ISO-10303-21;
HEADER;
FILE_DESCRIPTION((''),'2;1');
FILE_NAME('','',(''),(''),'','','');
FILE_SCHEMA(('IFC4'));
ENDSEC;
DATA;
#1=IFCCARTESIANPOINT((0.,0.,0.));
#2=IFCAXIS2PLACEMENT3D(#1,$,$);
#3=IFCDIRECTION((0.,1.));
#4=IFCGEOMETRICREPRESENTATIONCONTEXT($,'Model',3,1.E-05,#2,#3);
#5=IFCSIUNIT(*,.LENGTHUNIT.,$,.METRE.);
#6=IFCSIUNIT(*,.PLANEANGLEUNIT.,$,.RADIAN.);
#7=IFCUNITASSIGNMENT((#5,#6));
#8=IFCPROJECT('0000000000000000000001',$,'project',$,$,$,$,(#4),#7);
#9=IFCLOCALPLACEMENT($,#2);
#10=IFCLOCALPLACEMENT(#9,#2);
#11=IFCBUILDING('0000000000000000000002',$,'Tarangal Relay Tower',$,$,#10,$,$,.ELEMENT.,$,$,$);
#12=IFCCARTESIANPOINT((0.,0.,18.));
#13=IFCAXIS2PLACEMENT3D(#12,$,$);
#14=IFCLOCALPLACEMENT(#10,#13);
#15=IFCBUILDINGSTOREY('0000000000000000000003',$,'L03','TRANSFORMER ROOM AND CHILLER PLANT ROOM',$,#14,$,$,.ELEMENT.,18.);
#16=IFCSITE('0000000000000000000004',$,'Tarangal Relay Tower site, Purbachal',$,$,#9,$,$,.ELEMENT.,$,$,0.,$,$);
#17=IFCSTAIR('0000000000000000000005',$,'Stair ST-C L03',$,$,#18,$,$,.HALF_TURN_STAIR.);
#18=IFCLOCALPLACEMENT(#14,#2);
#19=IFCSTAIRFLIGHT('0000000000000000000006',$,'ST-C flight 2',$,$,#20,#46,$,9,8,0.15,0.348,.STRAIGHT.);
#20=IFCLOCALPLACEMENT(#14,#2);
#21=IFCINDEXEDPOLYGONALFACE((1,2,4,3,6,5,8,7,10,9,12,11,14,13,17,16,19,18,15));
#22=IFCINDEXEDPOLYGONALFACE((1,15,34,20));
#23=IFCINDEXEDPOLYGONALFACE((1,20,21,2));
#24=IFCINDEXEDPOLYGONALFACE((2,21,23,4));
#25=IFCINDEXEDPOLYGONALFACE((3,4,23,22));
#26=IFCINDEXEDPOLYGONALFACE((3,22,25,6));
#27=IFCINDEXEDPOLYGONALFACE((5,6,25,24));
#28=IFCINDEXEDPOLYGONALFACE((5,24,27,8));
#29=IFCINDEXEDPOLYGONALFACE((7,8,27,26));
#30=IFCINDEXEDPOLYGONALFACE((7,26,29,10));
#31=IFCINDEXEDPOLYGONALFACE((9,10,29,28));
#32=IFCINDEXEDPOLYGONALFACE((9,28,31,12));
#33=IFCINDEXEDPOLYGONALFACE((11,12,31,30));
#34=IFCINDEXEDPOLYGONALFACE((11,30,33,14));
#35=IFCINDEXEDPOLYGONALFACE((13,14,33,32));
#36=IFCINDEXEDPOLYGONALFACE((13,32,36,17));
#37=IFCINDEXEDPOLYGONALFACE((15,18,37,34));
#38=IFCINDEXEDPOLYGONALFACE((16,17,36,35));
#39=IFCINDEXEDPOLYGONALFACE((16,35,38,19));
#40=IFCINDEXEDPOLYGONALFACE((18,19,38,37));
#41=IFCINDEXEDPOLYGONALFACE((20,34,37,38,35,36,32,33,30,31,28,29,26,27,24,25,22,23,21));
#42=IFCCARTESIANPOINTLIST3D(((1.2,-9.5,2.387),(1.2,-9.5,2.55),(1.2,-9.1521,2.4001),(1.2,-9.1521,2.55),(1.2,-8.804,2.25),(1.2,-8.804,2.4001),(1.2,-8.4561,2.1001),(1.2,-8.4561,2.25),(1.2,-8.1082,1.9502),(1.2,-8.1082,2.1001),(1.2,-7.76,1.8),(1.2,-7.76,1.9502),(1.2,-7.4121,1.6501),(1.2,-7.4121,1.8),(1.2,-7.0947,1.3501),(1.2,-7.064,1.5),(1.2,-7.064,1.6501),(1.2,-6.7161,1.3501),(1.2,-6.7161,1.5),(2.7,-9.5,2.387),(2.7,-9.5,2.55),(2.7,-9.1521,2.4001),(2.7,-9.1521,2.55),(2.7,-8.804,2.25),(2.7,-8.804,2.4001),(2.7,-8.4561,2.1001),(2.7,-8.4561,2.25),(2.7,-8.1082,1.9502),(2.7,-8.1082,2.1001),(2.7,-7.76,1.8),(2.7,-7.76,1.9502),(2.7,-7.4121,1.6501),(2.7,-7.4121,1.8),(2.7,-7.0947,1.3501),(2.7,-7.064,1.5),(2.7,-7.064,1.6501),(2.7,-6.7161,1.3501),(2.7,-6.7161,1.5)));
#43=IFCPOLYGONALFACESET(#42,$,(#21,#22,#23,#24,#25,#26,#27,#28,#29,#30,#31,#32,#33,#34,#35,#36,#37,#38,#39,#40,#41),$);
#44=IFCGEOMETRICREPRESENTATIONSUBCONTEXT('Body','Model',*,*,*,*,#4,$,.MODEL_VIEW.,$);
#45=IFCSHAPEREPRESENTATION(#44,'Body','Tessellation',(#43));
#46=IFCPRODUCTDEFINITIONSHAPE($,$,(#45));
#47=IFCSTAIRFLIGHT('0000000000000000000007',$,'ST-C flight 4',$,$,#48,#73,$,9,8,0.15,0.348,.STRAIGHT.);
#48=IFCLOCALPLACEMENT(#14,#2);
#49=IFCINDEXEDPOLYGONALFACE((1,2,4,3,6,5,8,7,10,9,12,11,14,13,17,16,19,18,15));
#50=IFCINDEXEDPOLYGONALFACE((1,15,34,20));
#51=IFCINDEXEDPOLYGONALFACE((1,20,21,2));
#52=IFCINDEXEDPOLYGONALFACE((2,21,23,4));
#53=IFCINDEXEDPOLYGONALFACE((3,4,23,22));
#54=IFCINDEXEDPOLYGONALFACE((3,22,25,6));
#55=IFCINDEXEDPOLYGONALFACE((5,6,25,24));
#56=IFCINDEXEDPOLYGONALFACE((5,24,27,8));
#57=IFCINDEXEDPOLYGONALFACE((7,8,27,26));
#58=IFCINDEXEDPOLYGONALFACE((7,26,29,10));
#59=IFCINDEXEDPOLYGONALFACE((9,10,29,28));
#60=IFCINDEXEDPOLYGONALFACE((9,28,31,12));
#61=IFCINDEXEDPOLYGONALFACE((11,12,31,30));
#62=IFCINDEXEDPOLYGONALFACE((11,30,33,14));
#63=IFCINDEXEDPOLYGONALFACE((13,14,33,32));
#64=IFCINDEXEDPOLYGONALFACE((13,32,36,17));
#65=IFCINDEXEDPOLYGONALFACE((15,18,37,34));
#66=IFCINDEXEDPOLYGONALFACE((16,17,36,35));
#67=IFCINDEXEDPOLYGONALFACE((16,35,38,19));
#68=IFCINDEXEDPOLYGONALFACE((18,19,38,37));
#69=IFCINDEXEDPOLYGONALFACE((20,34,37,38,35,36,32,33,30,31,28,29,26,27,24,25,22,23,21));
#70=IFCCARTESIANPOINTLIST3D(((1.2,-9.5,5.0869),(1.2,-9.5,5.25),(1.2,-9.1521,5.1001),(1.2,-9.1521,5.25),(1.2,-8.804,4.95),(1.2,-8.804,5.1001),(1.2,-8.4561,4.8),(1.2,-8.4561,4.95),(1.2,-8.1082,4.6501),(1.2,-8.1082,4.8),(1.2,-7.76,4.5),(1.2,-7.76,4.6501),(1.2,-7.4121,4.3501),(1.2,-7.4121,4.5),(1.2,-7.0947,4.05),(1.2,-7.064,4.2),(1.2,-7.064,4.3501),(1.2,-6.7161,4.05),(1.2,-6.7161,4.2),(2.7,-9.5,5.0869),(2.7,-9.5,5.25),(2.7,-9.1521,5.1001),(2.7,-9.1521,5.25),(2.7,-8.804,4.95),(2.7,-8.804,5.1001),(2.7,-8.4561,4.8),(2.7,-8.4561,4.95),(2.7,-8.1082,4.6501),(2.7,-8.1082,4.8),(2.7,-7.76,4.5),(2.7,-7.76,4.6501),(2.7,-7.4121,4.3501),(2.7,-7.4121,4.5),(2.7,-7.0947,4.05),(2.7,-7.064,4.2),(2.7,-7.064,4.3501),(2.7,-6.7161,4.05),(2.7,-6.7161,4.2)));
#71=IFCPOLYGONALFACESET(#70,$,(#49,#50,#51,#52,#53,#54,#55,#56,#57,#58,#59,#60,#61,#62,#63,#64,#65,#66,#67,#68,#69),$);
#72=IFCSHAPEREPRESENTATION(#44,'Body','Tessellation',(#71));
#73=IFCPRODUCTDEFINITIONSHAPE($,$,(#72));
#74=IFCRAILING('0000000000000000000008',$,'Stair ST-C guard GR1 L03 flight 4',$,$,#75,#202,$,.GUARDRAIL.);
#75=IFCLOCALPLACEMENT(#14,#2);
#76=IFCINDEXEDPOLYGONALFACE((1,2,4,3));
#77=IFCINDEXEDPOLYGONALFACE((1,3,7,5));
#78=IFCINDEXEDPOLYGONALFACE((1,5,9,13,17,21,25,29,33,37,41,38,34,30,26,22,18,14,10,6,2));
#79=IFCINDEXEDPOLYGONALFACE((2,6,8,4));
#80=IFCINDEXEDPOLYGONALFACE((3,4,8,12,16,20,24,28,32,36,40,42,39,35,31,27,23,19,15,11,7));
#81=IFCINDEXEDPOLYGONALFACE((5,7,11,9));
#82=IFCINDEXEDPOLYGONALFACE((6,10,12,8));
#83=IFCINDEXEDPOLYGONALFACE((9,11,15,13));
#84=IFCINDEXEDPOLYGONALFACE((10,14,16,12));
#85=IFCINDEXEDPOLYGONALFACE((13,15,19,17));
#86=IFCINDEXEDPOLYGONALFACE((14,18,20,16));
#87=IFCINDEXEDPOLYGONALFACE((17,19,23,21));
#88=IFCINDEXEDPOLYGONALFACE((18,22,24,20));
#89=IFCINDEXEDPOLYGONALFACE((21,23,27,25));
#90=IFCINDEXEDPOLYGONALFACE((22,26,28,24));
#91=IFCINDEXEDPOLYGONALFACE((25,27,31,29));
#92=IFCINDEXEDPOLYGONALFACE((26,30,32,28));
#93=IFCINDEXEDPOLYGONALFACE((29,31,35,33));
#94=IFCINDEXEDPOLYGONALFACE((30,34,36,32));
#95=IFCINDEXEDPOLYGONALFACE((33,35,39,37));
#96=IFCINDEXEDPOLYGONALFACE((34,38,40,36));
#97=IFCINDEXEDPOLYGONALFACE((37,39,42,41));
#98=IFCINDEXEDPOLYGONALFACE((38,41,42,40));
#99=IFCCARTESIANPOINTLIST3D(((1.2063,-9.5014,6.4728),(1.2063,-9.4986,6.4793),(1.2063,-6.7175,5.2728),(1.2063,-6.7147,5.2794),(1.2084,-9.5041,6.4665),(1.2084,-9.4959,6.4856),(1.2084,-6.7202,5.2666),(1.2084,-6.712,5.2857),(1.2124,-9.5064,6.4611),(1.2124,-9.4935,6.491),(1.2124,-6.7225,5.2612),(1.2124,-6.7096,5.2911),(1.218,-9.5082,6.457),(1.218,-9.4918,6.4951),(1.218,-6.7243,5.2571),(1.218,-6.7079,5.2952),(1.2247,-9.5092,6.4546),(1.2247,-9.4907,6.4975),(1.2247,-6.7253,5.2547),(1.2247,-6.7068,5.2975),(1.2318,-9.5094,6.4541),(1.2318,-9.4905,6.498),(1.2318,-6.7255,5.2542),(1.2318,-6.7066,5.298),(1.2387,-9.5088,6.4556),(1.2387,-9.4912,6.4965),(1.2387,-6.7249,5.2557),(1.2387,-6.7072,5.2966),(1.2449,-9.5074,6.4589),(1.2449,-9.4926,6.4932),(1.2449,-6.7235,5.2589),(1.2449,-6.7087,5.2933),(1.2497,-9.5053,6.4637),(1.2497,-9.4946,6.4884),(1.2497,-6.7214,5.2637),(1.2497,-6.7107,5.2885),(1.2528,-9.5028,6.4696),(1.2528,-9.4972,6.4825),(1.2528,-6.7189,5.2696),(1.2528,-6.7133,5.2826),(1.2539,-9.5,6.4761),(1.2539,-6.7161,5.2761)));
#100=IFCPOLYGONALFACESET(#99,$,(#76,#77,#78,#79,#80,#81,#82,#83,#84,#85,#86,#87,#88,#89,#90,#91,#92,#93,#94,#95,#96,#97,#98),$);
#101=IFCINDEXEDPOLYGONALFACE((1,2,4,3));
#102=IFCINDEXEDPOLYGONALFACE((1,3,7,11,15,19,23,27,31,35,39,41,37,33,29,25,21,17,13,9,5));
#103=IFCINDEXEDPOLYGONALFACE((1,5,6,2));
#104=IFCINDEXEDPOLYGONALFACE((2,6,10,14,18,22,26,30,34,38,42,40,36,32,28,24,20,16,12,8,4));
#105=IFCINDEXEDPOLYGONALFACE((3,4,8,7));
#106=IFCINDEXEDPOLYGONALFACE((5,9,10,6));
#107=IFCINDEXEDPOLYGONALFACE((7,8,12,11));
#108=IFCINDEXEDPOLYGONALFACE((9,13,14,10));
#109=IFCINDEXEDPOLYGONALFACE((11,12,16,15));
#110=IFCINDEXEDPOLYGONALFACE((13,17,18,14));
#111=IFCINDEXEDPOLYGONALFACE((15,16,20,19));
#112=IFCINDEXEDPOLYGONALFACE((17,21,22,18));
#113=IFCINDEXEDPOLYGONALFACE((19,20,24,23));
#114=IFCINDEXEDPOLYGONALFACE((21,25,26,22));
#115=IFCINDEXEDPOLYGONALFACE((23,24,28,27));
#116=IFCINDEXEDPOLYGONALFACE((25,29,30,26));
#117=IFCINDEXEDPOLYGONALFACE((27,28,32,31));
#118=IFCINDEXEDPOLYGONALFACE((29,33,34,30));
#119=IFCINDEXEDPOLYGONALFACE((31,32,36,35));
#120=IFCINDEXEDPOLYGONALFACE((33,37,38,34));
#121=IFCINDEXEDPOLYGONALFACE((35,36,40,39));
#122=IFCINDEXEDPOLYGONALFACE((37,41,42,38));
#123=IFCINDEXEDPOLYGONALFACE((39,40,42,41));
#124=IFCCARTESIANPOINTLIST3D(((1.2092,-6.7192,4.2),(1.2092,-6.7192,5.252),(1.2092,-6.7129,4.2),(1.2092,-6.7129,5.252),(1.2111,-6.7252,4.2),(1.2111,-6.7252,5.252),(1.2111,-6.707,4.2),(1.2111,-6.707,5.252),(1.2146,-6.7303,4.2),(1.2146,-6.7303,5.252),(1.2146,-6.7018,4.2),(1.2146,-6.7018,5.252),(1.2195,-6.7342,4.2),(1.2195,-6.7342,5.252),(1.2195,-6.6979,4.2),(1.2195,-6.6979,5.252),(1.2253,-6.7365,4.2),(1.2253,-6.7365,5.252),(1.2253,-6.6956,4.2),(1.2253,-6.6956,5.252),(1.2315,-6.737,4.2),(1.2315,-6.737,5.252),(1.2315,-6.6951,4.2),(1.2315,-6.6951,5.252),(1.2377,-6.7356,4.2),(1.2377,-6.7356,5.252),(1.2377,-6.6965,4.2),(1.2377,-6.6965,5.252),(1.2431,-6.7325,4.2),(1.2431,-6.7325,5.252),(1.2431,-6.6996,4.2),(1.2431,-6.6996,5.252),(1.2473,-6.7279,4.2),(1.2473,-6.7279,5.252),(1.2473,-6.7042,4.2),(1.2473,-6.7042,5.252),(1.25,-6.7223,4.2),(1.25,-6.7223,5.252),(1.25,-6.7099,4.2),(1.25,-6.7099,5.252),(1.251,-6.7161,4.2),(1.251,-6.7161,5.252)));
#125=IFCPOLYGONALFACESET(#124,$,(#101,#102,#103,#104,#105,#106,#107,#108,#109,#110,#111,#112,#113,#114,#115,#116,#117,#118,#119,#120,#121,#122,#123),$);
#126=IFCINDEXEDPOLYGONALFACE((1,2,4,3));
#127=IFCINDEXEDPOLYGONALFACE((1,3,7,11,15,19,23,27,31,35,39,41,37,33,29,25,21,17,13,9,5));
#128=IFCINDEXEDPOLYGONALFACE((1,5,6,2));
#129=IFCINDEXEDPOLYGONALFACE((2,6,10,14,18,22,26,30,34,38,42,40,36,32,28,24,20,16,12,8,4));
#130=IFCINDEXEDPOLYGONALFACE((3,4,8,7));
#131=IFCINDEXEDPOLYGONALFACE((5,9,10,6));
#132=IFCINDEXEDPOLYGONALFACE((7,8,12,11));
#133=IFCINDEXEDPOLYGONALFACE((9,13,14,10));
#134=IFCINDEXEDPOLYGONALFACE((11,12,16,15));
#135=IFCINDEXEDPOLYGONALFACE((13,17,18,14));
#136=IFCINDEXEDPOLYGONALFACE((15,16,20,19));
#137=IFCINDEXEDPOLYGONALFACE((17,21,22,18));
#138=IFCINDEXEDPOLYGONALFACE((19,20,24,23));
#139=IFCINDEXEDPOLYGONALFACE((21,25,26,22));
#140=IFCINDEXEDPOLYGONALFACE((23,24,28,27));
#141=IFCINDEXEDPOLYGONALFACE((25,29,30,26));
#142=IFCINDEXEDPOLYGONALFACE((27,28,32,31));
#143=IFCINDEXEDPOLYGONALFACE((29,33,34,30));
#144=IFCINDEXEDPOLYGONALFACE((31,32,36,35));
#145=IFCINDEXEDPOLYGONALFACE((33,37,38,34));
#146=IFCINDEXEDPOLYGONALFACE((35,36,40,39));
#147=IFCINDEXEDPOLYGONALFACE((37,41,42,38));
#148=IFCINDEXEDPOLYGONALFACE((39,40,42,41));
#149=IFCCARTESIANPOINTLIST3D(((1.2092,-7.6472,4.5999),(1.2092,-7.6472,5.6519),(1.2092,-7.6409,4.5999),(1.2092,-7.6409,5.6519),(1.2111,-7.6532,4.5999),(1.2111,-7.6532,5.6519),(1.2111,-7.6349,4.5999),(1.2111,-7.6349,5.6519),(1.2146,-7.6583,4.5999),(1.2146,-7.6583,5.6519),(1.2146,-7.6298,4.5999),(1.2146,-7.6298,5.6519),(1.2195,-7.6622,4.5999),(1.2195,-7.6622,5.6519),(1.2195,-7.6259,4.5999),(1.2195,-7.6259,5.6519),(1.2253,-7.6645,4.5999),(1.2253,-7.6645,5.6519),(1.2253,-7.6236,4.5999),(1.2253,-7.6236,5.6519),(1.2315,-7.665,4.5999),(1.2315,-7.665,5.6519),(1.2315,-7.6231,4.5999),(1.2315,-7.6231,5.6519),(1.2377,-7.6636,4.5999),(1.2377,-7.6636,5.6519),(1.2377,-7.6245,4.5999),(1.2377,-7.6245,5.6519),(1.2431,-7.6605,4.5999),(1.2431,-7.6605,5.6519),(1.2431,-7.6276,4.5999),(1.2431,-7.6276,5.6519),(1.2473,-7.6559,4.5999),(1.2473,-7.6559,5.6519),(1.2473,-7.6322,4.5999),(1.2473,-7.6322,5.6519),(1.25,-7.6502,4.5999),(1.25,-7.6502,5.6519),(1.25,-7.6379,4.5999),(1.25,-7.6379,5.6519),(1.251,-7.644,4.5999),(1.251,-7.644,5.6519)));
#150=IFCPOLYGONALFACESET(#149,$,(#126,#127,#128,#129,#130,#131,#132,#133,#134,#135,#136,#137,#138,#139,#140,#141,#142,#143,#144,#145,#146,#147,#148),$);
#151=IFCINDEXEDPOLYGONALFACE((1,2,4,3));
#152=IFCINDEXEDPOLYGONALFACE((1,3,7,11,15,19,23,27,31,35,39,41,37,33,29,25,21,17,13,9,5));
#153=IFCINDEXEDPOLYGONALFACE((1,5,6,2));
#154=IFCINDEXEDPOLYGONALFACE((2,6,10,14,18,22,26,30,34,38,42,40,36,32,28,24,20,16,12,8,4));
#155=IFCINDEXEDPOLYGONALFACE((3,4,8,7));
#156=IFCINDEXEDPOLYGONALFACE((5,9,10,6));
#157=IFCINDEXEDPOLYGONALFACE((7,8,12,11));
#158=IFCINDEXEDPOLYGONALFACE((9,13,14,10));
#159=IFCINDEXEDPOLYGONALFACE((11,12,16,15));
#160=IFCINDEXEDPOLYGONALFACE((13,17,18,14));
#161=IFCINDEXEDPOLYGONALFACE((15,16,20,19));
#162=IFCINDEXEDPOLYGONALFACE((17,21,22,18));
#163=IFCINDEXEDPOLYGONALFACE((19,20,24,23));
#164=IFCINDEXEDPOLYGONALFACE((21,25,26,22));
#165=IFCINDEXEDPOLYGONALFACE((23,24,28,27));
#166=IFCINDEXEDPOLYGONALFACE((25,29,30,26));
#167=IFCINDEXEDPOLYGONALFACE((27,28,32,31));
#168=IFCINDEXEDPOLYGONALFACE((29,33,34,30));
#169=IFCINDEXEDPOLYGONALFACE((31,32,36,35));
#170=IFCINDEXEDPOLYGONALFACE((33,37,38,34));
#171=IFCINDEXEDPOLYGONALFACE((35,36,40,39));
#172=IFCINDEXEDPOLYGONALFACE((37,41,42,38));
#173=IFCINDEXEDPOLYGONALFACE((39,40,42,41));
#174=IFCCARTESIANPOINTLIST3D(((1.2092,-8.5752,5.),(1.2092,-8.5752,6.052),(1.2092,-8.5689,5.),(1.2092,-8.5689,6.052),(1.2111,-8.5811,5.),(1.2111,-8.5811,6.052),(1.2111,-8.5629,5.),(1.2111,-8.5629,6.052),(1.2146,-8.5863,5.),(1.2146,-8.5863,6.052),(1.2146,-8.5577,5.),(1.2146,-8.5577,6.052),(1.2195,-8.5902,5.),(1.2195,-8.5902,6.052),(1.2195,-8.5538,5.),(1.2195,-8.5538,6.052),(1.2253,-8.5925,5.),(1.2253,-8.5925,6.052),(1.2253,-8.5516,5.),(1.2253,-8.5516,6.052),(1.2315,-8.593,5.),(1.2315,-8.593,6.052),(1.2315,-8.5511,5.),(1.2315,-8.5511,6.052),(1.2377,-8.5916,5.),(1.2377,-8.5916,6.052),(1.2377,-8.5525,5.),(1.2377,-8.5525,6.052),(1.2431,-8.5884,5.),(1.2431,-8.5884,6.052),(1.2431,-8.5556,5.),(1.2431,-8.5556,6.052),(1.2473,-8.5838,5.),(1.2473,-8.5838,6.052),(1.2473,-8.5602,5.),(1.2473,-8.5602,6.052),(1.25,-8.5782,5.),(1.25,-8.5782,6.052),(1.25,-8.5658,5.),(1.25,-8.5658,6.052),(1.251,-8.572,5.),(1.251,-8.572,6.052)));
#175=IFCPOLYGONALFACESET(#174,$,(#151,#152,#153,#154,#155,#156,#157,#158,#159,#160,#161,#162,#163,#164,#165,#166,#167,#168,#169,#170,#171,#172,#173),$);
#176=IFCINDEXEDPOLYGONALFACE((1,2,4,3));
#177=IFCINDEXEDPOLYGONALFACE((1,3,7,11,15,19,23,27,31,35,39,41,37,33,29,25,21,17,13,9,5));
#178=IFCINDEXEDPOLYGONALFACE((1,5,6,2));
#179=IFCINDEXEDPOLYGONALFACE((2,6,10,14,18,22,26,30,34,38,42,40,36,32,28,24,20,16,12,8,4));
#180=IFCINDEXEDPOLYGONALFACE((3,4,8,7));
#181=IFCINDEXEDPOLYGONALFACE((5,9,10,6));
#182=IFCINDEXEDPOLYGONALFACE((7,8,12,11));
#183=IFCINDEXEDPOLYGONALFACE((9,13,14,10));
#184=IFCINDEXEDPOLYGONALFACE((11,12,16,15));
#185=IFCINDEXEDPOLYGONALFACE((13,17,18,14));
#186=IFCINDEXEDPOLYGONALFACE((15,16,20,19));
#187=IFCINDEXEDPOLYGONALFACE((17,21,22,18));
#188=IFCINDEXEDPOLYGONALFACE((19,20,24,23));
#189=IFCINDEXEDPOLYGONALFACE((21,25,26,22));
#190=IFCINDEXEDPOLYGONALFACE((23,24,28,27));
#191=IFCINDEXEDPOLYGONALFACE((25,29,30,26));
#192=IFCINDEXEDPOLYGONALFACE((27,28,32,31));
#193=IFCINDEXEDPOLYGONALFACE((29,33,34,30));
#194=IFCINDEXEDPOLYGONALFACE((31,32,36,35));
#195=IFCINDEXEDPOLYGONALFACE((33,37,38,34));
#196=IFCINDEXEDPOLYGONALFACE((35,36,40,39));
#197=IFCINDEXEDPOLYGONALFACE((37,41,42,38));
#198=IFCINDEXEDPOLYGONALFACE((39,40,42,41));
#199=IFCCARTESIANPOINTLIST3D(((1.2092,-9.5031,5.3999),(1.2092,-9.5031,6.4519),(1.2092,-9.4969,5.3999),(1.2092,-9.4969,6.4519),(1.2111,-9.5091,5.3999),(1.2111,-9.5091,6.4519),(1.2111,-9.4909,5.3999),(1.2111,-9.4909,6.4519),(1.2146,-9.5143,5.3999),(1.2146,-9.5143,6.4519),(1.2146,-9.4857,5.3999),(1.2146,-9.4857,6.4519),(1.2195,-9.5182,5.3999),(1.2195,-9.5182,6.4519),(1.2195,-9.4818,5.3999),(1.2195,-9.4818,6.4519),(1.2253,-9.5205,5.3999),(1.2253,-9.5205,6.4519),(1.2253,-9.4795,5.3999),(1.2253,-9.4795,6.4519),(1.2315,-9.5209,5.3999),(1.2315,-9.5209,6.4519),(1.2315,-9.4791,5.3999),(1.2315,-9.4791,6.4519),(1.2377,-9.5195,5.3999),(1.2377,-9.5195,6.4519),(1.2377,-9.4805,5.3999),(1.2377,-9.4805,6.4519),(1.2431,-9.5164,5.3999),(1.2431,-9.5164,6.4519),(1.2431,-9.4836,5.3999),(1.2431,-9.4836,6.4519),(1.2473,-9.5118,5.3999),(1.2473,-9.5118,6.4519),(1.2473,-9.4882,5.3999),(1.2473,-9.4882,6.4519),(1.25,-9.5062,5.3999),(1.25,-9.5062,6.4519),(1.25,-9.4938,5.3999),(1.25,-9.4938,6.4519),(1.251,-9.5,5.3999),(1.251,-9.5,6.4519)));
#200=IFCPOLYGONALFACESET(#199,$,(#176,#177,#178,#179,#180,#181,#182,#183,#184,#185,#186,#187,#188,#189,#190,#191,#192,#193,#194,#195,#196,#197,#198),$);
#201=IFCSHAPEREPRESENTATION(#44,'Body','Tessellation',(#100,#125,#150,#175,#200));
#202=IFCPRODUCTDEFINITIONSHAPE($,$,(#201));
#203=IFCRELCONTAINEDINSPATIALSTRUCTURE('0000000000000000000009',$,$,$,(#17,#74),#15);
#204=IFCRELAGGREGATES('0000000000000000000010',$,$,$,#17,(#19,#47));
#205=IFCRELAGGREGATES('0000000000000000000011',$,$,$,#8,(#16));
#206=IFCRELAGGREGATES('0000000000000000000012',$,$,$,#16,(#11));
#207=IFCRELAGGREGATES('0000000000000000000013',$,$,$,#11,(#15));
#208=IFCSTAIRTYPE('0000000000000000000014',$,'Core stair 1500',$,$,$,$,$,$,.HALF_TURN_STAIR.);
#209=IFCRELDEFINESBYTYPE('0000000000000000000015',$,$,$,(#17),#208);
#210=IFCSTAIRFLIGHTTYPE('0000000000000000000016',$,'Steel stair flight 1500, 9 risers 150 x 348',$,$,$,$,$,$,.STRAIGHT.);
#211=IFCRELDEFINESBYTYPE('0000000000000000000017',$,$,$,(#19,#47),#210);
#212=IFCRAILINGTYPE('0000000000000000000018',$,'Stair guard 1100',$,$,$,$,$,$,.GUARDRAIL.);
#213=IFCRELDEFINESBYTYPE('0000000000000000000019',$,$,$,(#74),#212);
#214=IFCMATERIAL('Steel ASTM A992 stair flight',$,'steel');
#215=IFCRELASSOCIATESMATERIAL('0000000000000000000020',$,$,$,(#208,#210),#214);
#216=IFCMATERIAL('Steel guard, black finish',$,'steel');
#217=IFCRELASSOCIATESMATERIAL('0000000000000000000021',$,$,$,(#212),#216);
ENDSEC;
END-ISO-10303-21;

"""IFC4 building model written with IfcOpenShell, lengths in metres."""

from ifc_helpers import new_model, si_unit, direction, frame, origin, origin_2d, place, context, subcontext, project, spatial, polyline, circle, outline, extrude, material, type_object, element, aggregate, save


model = new_model("IFC4")

# Units and contexts
model_context = context("Model", 3, precision=1e-05, world=origin(), true_north=direction((0.0, 1.0)))
body_context = subcontext(model_context, "Body", "Model", "MODEL_VIEW")
ifc_project = project(units=[si_unit("LENGTHUNIT", "METRE"), si_unit("PLANEANGLEUNIT", "RADIAN")], contexts=[model_context])

# Site, building, storey
site_placement = place(None, origin())
site = spatial("IfcSite", under=ifc_project, at=site_placement, Name="Tarangal Relay Tower site, Purbachal", CompositionType="ELEMENT", RefElevation=0.0)
building_placement = place(site_placement, origin())
building = spatial("IfcBuilding", under=site, at=building_placement, Name="Tarangal Relay Tower", CompositionType="ELEMENT")
storey_placement = place(building_placement, frame((0.0, 0.0, 18.0)))
storey = spatial("IfcBuildingStorey", under=building, at=storey_placement, Name="L03", Description="TRANSFORMER ROOM AND CHILLER PLANT ROOM", CompositionType="ELEMENT", Elevation=18.0)

# Stair
ifc_material_1 = material(Name="Steel ASTM A992 stair flight", Category="steel")
stair_type = type_object("IfcStairType", Name="Core stair 1500", PredefinedType="HALF_TURN_STAIR", material=ifc_material_1)
stair_1_placement = place(storey_placement, origin())
stair_1 = element("IfcStair", 1, at=stair_1_placement, inside=storey, type_object=stair_type, Name="Stair ST-C L03", PredefinedType="HALF_TURN_STAIR")

# Stair flights
stair_flight_type = type_object("IfcStairFlightType", Name="Steel stair flight 1500, 9 risers 150 x 348", PredefinedType="STRAIGHT", material=ifc_material_1)
stair_flight_1_placement = place(storey_placement, frame((1.95, -6.7161, 1.3501), z_axis=(0.0, 0.0, 1.0), x_axis=(0.0, -1.0, 0.0)))
stair_flight_1 = element("IfcStairFlight", 2, at=stair_flight_1_placement, type_object=stair_flight_type, Name="ST-C flight 2", NumberOfRisers=9, NumberOfTreads=8, PredefinedType="STRAIGHT", RiserHeight=0.15, TreadLength=0.348, context=body_context, shape_type="SweptSolid", body=[
    extrude(outline(polyline([(0.0, 0.0), (0.0, 0.1499), (0.3479, 0.1499), (0.3479, 0.3), (0.696, 0.3), (0.696, 0.45), (1.0439, 0.45), (1.0439, 0.6001), (1.3921, 0.6001), (1.3921, 0.75), (1.74, 0.75), (1.74, 0.8999), (2.0879, 0.8999), (2.0879, 1.05), (2.436, 1.05), (2.436, 1.2), (2.7839, 1.2), (2.7839, 1.3501), (2.7839, 1.0369), (0.3787, 0.0), (0.0, 0.0)])), frame((0.0, 0.75, 0.0), z_axis=(0.0, -1.0, 0.0), x_axis=(1.0, 0.0, 0.0)), (0.0, 0.0, 1.0), 1.5),
])
stair_flight_2_placement = place(storey_placement, frame((1.95, -6.7161, 4.05), z_axis=(0.0, 0.0, 1.0), x_axis=(0.0, -1.0, 0.0)))
stair_flight_2 = element("IfcStairFlight", 3, at=stair_flight_2_placement, type_object=stair_flight_type, Name="ST-C flight 4", NumberOfRisers=9, NumberOfTreads=8, PredefinedType="STRAIGHT", RiserHeight=0.15, TreadLength=0.348, context=body_context, shape_type="SweptSolid", body=[
    extrude(outline(polyline([(0.0, 0.0), (0.0, 0.1499), (0.3479, 0.1499), (0.3479, 0.3), (0.696, 0.3), (0.696, 0.45), (1.0439, 0.45), (1.0439, 0.6001), (1.3921, 0.6001), (1.3921, 0.75), (1.74, 0.75), (1.74, 0.8999), (2.0879, 0.8999), (2.0879, 1.05), (2.436, 1.05), (2.436, 1.2), (2.7839, 1.2), (2.7839, 1.3501), (2.7839, 1.0369), (0.3787, 0.0), (0.0, 0.0)])), frame((0.0, 0.75, 0.0), z_axis=(0.0, -1.0, 0.0), x_axis=(1.0, 0.0, 0.0)), (0.0, 0.0, 1.0), 1.5),
])
aggregate(stair_1, [stair_flight_1, stair_flight_2])

# Railing
ifc_material_2 = material(Name="Steel guard, black finish", Category="steel")
railing_type_1 = type_object("IfcRailingType", Name="Stair guard 1100", PredefinedType="GUARDRAIL", material=ifc_material_2)
railing_placement = place(storey_placement, frame((1.23, -6.7161, 4.2)))
element("IfcRailing", 4, at=railing_placement, inside=storey, type_object=railing_type_1, Name="Stair ST-C guard GR1 L03 flight 4", PredefinedType="GUARDRAIL", context=body_context, shape_type="SweptSolid", body=[
    extrude(circle(Radius=0.0239, at=origin_2d()), frame((0.0, 0.0, 1.0762), z_axis=(0.0, -0.918327, 0.395823), x_axis=(1.0, 0.0, 0.0)), (0.0, 0.0, 1.0), 3.0315),
    extrude(circle(Radius=0.021, at=origin_2d()), origin(), (0.0, 0.0, 1.0), 1.052),
    extrude(circle(Radius=0.021, at=origin_2d()), frame((0.0, -0.928, 0.3999)), (0.0, 0.0, 1.0), 1.052),
    extrude(circle(Radius=0.021, at=origin_2d()), frame((0.0, -1.856, 0.8)), (0.0, 0.0, 1.0), 1.052),
    extrude(circle(Radius=0.021, at=origin_2d()), frame((0.0, -2.7839, 1.2)), (0.0, 0.0, 1.0), 1.052),
])

save(model, "model.ifc")
